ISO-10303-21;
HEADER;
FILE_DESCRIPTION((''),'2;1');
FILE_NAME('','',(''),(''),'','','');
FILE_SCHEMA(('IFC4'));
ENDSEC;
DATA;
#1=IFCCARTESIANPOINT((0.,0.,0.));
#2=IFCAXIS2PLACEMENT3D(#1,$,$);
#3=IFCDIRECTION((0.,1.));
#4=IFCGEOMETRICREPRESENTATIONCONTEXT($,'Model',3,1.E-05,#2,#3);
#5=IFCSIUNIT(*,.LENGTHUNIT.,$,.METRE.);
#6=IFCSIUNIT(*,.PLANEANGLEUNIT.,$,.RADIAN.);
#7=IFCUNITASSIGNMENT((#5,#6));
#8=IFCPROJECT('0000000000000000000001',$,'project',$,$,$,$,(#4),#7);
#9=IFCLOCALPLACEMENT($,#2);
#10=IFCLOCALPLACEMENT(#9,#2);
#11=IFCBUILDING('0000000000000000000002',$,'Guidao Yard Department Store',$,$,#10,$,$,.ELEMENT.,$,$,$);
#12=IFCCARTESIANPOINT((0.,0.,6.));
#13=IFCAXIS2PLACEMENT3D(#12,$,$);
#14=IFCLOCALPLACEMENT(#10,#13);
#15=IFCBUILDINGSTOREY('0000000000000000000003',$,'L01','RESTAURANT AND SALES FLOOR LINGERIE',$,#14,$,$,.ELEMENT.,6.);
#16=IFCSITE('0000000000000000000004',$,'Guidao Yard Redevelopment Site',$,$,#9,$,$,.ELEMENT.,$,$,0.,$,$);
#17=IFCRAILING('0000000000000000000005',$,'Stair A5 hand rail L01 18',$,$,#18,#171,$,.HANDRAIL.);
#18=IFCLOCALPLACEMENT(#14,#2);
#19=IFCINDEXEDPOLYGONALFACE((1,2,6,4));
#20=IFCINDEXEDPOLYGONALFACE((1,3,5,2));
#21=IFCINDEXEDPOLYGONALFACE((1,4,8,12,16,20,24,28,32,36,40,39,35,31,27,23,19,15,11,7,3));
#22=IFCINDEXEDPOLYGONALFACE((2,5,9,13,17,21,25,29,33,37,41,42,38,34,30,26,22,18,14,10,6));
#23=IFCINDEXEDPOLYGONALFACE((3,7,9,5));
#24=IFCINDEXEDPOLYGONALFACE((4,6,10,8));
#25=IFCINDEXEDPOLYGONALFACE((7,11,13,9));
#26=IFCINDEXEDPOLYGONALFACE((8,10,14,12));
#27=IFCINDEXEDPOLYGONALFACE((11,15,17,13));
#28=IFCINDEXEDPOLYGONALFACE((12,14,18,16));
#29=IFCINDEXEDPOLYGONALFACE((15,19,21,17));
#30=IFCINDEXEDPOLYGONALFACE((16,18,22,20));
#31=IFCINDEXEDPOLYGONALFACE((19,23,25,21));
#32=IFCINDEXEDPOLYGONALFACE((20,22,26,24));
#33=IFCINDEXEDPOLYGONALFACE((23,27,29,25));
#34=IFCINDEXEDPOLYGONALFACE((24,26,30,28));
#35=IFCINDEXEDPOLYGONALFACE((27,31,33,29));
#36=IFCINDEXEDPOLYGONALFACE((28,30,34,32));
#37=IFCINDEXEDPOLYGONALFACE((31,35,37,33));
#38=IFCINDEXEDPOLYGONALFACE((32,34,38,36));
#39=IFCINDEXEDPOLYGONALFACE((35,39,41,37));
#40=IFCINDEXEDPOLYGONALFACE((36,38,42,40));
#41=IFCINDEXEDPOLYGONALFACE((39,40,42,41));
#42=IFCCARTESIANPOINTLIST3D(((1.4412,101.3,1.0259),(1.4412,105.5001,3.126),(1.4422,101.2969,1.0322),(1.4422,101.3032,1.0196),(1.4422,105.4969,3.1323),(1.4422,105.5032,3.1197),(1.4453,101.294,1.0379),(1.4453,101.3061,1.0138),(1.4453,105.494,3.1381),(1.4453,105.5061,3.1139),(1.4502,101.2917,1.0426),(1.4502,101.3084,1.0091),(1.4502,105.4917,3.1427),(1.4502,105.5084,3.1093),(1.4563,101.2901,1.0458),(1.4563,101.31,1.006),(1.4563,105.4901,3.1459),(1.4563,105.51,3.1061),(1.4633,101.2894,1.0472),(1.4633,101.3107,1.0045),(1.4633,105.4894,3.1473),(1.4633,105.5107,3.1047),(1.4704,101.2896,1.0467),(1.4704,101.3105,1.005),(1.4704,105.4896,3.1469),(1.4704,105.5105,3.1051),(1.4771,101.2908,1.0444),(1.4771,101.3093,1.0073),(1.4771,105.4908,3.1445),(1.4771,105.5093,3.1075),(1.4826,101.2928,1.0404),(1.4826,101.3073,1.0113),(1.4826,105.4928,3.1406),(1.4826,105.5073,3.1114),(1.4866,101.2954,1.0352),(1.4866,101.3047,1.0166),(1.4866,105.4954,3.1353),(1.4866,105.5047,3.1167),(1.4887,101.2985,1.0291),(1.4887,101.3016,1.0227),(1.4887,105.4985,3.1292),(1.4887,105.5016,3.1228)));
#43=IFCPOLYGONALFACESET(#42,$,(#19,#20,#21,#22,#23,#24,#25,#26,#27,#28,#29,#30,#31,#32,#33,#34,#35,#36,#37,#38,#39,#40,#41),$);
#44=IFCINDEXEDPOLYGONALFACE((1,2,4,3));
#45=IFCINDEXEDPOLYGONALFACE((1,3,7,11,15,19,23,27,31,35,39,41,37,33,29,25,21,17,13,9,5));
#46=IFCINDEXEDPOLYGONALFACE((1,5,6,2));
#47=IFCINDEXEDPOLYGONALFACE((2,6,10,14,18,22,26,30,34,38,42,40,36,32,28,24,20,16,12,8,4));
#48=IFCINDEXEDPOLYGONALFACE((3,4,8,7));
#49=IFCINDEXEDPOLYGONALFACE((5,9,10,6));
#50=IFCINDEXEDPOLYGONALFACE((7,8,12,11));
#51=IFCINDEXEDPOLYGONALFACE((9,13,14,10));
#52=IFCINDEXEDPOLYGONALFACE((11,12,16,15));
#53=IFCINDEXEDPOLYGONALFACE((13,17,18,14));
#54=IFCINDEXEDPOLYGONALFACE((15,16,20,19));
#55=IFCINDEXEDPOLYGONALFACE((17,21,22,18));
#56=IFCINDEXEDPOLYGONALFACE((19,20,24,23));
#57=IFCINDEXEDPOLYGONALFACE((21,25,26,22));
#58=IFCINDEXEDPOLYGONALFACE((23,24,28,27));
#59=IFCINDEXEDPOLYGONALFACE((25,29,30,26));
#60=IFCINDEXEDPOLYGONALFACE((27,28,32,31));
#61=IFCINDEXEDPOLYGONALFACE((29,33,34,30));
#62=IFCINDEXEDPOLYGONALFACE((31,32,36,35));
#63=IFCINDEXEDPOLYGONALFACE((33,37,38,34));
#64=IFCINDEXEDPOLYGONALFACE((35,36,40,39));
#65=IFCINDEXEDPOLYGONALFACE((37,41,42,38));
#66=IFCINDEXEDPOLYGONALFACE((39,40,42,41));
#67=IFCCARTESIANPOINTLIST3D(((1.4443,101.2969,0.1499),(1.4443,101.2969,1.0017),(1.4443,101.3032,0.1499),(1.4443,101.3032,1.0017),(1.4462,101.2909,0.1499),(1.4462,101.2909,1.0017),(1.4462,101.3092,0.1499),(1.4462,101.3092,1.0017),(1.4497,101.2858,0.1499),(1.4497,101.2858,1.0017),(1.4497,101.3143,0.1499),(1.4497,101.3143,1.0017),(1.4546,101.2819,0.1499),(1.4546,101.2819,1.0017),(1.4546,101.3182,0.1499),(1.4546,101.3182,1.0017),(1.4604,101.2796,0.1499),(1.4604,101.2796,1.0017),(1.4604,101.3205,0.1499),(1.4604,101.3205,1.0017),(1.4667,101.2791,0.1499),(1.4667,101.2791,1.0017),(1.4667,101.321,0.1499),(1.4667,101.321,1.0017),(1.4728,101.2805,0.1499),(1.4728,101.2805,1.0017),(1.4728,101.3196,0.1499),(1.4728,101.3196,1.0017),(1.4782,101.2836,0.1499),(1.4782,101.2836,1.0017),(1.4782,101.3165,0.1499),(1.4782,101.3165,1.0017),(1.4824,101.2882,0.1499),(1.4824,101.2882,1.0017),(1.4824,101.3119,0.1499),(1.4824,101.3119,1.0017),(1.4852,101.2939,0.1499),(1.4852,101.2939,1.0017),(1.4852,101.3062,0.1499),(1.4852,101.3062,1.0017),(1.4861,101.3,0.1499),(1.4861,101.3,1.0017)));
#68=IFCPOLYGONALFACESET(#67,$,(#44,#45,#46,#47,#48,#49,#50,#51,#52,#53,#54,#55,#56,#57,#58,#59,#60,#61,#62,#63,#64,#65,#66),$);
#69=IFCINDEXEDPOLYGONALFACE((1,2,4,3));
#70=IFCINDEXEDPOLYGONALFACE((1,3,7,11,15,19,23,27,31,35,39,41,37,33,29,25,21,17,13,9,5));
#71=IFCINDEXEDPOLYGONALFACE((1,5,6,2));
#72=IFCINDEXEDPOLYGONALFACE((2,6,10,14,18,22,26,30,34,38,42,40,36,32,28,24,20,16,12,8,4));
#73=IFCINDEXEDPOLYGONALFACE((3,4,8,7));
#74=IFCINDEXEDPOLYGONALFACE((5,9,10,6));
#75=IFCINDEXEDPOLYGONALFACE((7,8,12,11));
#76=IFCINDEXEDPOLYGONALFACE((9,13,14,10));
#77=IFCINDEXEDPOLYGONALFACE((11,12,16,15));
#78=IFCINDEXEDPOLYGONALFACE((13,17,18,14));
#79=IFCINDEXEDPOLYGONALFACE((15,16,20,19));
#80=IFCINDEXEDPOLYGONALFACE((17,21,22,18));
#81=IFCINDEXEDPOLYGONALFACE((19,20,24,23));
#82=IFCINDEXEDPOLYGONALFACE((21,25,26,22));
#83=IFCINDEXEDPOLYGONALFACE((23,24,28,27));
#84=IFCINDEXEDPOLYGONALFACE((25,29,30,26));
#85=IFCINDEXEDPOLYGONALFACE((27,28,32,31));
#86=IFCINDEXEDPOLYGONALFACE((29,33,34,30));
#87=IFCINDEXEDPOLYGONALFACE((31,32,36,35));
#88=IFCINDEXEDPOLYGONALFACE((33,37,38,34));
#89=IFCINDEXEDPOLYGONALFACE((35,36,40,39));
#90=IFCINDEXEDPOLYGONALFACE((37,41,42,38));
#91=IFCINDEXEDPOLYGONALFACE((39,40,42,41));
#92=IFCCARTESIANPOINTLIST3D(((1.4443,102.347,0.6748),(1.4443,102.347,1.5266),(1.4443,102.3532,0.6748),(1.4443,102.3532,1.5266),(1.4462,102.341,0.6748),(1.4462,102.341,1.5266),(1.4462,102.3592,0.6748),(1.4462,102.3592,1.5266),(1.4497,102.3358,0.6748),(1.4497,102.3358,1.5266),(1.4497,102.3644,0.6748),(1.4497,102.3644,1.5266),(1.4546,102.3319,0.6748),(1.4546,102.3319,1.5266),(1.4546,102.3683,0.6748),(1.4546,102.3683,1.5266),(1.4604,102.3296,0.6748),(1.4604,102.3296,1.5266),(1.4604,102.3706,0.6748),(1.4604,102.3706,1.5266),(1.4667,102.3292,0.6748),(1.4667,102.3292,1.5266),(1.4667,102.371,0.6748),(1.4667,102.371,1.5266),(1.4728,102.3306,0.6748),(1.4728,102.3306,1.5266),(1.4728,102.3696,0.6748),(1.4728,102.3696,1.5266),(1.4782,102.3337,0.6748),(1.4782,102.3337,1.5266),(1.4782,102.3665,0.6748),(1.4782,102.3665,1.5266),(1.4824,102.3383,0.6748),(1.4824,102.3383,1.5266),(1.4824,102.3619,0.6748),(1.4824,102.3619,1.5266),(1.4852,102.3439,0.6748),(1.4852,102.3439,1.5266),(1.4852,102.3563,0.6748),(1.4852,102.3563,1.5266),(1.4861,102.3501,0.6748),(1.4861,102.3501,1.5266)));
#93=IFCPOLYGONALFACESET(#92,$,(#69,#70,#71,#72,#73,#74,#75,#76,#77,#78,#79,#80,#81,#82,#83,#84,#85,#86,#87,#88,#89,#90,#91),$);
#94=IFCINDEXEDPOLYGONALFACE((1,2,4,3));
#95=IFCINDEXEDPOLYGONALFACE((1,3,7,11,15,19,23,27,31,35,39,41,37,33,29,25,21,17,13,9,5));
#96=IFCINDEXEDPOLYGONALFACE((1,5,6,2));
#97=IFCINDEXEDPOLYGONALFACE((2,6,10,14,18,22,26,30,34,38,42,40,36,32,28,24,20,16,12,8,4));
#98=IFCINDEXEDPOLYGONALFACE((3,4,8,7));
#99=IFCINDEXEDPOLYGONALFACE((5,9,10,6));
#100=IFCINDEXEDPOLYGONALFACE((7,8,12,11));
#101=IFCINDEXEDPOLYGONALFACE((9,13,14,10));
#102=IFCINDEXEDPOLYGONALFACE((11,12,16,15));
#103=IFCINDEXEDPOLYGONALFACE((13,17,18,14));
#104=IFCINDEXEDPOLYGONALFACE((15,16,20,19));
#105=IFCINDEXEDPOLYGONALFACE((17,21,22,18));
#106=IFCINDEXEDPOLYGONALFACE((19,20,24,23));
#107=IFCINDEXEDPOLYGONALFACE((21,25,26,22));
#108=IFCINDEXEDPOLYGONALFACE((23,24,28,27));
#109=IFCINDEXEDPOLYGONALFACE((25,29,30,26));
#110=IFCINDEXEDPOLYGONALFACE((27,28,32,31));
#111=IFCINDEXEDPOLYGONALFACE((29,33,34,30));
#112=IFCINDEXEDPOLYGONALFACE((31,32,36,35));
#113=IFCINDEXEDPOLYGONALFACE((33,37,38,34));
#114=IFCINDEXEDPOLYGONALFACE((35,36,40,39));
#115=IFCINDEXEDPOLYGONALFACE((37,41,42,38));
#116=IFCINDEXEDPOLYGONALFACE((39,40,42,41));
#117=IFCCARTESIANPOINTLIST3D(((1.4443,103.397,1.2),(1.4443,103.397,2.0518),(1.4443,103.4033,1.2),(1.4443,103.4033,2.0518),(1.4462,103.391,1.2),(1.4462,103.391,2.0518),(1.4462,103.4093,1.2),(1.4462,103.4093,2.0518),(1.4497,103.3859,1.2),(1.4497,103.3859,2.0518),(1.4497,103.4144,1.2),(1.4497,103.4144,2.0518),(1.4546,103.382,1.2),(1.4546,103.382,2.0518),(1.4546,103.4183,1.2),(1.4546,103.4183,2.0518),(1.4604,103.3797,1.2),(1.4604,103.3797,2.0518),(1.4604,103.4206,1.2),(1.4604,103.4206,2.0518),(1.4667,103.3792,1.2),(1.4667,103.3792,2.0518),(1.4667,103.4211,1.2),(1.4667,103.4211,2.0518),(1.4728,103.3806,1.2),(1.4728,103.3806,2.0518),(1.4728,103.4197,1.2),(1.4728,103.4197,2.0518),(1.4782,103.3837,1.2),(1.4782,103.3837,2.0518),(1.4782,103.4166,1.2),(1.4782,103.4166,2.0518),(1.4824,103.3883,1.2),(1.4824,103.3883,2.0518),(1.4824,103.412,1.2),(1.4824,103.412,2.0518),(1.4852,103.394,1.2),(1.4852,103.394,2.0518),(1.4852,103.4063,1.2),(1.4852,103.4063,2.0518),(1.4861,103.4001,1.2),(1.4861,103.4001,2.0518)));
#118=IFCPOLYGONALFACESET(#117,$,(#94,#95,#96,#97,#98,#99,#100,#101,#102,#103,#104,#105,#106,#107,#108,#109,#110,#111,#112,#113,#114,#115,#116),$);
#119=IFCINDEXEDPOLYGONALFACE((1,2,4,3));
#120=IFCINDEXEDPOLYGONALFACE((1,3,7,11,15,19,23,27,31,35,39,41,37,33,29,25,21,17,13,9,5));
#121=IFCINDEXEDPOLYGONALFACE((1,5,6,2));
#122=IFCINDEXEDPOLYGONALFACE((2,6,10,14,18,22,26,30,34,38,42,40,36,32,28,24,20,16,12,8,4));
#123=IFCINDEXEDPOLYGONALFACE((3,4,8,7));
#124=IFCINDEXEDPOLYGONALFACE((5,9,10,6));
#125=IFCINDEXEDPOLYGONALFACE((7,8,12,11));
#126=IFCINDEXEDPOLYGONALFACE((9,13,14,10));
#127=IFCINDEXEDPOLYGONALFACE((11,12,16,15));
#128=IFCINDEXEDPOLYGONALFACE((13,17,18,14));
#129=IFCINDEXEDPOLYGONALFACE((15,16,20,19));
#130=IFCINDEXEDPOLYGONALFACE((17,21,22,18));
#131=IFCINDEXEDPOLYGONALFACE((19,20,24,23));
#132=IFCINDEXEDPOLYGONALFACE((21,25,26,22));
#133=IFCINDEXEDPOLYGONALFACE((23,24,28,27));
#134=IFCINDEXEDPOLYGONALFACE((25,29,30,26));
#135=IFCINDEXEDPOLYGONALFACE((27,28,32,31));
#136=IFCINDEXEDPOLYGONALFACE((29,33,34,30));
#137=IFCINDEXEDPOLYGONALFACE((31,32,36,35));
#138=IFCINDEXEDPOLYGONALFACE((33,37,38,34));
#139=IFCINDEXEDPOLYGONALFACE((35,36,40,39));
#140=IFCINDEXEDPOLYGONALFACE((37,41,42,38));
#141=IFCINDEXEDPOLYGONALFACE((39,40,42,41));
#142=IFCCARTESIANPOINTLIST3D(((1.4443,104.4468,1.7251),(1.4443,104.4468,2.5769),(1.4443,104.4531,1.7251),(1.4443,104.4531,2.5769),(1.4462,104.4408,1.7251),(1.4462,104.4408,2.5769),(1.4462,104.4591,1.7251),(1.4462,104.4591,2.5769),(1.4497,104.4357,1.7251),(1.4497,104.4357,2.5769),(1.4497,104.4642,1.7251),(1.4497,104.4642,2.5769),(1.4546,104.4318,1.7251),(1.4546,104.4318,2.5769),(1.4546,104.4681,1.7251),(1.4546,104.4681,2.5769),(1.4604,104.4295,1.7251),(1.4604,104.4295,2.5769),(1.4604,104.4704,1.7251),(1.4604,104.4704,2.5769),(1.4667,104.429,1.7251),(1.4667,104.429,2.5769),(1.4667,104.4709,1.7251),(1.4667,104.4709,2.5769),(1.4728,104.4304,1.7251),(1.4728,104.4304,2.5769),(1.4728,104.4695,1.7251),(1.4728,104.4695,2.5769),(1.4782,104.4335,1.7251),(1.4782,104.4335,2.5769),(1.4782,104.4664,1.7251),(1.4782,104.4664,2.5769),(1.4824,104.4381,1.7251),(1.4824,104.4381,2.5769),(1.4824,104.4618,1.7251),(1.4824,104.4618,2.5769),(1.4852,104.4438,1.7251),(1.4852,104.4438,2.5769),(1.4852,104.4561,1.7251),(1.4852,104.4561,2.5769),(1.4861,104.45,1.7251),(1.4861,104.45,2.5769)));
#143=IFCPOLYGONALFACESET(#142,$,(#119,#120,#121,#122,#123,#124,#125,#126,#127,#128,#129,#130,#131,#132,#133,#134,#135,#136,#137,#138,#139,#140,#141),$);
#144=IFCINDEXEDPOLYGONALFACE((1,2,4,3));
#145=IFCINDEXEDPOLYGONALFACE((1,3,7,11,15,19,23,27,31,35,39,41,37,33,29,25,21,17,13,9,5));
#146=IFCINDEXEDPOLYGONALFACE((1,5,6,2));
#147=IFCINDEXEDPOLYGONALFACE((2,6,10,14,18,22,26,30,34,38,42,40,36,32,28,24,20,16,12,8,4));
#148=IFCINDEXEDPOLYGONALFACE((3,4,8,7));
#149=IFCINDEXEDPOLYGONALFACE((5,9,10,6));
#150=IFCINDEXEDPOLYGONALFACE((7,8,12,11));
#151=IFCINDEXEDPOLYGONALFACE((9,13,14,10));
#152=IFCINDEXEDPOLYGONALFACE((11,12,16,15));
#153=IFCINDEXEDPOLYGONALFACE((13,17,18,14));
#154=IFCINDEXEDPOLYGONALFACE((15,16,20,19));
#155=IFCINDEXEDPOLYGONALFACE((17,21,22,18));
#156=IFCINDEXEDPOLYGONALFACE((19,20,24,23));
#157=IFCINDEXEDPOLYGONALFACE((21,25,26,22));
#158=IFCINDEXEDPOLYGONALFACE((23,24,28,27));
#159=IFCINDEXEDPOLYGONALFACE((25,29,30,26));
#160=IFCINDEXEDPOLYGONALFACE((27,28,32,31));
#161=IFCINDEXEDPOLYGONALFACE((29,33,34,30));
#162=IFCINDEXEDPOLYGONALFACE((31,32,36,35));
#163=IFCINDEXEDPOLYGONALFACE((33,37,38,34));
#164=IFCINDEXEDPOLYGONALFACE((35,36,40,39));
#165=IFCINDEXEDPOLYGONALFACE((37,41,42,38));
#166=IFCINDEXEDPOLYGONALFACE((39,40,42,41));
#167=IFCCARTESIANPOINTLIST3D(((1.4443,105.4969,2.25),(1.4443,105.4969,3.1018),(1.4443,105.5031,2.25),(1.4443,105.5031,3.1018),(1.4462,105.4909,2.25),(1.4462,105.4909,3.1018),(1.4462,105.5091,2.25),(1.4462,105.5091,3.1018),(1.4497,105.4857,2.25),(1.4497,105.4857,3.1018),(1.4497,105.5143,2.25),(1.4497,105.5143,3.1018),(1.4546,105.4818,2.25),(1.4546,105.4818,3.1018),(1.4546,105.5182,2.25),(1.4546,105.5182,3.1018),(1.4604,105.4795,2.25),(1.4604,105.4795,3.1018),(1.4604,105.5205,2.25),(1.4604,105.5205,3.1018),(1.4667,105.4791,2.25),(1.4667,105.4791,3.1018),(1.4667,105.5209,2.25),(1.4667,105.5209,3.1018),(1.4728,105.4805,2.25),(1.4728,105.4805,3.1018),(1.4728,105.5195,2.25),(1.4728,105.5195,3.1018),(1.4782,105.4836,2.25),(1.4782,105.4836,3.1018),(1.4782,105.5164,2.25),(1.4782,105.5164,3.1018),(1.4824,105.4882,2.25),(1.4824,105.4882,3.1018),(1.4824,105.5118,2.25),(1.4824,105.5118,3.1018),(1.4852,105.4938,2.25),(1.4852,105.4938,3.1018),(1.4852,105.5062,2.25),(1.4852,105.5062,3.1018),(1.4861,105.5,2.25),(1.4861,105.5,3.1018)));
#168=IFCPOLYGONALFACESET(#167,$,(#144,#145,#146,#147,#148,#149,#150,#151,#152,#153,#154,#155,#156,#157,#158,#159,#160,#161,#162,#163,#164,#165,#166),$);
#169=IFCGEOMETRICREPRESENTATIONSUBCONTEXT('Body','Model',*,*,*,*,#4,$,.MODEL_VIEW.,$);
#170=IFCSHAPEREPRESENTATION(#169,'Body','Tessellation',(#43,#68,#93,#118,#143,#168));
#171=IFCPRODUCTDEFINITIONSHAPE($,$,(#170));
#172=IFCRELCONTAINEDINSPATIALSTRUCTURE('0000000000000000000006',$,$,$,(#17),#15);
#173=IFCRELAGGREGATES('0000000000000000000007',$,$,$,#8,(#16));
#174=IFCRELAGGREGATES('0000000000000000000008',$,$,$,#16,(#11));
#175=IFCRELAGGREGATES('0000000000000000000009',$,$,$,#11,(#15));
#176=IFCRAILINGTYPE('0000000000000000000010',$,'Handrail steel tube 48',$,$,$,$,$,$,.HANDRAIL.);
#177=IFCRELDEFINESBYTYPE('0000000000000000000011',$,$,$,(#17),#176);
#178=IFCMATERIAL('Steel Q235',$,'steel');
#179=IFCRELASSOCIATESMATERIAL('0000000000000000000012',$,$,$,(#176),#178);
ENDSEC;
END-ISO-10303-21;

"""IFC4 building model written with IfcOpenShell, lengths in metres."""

from ifc_helpers import new_model, si_unit, direction, frame, origin, origin_2d, place, context, subcontext, project, spatial, circle, extrude, material, type_object, element, save


model = new_model("IFC4")

# Units and contexts
model_context = context("Model", 3, precision=1e-05, world=origin(), true_north=direction((0.0, 1.0)))
body_context = subcontext(model_context, "Body", "Model", "MODEL_VIEW")
ifc_project = project(units=[si_unit("LENGTHUNIT", "METRE"), si_unit("PLANEANGLEUNIT", "RADIAN")], contexts=[model_context])

# Site, building, storey
site_placement = place(None, origin())
site = spatial("IfcSite", under=ifc_project, at=site_placement, Name="Guidao Yard Redevelopment Site", CompositionType="ELEMENT", RefElevation=0.0)
building_placement = place(site_placement, origin())
building = spatial("IfcBuilding", under=site, at=building_placement, Name="Guidao Yard Department Store", CompositionType="ELEMENT")
storey_placement = place(building_placement, frame((0.0, 0.0, 6.0)))
storey = spatial("IfcBuildingStorey", under=building, at=storey_placement, Name="L01", Description="RESTAURANT AND SALES FLOOR LINGERIE", CompositionType="ELEMENT", Elevation=6.0)

# Railing
ifc_material_1 = material(Name="Steel Q235", Category="steel")
railing_type_1 = type_object("IfcRailingType", Name="Handrail steel tube 48", PredefinedType="HANDRAIL", material=ifc_material_1)
for number, where, name in (
    (1, (1.4651, 101.3, 0.1499), "Stair A5 hand rail L01 18"),
):
    element("IfcRailing", number, at=place(storey_placement, frame(where)), inside=storey, type_object=railing_type_1, Name=name, PredefinedType="HANDRAIL", context=body_context, shape_type="SweptSolid", body=[
        extrude(circle(Radius=0.0239, at=origin_2d()), frame((0.0, 0.0, 0.876), z_axis=(0.0, 0.894417, 0.447234), x_axis=(-1.0, 0.0, 0.0)), (0.0, 0.0, 1.0), 4.6958),
        extrude(circle(Radius=0.021, at=origin_2d()), origin(), (0.0, 0.0, 1.0), 0.8518),
        extrude(circle(Radius=0.021, at=origin_2d()), frame((0.0, 1.05, 0.5249)), (0.0, 0.0, 1.0), 0.8518),
        extrude(circle(Radius=0.021, at=origin_2d()), frame((0.0, 2.1001, 1.05)), (0.0, 0.0, 1.0), 0.8518),
        extrude(circle(Radius=0.021, at=origin_2d()), frame((0.0, 3.1499, 1.5752)), (0.0, 0.0, 1.0), 0.8518),
        extrude(circle(Radius=0.021, at=origin_2d()), frame((0.0, 4.2, 2.1001)), (0.0, 0.0, 1.0), 0.8518),
    ])

save(model, "model.ifc")
